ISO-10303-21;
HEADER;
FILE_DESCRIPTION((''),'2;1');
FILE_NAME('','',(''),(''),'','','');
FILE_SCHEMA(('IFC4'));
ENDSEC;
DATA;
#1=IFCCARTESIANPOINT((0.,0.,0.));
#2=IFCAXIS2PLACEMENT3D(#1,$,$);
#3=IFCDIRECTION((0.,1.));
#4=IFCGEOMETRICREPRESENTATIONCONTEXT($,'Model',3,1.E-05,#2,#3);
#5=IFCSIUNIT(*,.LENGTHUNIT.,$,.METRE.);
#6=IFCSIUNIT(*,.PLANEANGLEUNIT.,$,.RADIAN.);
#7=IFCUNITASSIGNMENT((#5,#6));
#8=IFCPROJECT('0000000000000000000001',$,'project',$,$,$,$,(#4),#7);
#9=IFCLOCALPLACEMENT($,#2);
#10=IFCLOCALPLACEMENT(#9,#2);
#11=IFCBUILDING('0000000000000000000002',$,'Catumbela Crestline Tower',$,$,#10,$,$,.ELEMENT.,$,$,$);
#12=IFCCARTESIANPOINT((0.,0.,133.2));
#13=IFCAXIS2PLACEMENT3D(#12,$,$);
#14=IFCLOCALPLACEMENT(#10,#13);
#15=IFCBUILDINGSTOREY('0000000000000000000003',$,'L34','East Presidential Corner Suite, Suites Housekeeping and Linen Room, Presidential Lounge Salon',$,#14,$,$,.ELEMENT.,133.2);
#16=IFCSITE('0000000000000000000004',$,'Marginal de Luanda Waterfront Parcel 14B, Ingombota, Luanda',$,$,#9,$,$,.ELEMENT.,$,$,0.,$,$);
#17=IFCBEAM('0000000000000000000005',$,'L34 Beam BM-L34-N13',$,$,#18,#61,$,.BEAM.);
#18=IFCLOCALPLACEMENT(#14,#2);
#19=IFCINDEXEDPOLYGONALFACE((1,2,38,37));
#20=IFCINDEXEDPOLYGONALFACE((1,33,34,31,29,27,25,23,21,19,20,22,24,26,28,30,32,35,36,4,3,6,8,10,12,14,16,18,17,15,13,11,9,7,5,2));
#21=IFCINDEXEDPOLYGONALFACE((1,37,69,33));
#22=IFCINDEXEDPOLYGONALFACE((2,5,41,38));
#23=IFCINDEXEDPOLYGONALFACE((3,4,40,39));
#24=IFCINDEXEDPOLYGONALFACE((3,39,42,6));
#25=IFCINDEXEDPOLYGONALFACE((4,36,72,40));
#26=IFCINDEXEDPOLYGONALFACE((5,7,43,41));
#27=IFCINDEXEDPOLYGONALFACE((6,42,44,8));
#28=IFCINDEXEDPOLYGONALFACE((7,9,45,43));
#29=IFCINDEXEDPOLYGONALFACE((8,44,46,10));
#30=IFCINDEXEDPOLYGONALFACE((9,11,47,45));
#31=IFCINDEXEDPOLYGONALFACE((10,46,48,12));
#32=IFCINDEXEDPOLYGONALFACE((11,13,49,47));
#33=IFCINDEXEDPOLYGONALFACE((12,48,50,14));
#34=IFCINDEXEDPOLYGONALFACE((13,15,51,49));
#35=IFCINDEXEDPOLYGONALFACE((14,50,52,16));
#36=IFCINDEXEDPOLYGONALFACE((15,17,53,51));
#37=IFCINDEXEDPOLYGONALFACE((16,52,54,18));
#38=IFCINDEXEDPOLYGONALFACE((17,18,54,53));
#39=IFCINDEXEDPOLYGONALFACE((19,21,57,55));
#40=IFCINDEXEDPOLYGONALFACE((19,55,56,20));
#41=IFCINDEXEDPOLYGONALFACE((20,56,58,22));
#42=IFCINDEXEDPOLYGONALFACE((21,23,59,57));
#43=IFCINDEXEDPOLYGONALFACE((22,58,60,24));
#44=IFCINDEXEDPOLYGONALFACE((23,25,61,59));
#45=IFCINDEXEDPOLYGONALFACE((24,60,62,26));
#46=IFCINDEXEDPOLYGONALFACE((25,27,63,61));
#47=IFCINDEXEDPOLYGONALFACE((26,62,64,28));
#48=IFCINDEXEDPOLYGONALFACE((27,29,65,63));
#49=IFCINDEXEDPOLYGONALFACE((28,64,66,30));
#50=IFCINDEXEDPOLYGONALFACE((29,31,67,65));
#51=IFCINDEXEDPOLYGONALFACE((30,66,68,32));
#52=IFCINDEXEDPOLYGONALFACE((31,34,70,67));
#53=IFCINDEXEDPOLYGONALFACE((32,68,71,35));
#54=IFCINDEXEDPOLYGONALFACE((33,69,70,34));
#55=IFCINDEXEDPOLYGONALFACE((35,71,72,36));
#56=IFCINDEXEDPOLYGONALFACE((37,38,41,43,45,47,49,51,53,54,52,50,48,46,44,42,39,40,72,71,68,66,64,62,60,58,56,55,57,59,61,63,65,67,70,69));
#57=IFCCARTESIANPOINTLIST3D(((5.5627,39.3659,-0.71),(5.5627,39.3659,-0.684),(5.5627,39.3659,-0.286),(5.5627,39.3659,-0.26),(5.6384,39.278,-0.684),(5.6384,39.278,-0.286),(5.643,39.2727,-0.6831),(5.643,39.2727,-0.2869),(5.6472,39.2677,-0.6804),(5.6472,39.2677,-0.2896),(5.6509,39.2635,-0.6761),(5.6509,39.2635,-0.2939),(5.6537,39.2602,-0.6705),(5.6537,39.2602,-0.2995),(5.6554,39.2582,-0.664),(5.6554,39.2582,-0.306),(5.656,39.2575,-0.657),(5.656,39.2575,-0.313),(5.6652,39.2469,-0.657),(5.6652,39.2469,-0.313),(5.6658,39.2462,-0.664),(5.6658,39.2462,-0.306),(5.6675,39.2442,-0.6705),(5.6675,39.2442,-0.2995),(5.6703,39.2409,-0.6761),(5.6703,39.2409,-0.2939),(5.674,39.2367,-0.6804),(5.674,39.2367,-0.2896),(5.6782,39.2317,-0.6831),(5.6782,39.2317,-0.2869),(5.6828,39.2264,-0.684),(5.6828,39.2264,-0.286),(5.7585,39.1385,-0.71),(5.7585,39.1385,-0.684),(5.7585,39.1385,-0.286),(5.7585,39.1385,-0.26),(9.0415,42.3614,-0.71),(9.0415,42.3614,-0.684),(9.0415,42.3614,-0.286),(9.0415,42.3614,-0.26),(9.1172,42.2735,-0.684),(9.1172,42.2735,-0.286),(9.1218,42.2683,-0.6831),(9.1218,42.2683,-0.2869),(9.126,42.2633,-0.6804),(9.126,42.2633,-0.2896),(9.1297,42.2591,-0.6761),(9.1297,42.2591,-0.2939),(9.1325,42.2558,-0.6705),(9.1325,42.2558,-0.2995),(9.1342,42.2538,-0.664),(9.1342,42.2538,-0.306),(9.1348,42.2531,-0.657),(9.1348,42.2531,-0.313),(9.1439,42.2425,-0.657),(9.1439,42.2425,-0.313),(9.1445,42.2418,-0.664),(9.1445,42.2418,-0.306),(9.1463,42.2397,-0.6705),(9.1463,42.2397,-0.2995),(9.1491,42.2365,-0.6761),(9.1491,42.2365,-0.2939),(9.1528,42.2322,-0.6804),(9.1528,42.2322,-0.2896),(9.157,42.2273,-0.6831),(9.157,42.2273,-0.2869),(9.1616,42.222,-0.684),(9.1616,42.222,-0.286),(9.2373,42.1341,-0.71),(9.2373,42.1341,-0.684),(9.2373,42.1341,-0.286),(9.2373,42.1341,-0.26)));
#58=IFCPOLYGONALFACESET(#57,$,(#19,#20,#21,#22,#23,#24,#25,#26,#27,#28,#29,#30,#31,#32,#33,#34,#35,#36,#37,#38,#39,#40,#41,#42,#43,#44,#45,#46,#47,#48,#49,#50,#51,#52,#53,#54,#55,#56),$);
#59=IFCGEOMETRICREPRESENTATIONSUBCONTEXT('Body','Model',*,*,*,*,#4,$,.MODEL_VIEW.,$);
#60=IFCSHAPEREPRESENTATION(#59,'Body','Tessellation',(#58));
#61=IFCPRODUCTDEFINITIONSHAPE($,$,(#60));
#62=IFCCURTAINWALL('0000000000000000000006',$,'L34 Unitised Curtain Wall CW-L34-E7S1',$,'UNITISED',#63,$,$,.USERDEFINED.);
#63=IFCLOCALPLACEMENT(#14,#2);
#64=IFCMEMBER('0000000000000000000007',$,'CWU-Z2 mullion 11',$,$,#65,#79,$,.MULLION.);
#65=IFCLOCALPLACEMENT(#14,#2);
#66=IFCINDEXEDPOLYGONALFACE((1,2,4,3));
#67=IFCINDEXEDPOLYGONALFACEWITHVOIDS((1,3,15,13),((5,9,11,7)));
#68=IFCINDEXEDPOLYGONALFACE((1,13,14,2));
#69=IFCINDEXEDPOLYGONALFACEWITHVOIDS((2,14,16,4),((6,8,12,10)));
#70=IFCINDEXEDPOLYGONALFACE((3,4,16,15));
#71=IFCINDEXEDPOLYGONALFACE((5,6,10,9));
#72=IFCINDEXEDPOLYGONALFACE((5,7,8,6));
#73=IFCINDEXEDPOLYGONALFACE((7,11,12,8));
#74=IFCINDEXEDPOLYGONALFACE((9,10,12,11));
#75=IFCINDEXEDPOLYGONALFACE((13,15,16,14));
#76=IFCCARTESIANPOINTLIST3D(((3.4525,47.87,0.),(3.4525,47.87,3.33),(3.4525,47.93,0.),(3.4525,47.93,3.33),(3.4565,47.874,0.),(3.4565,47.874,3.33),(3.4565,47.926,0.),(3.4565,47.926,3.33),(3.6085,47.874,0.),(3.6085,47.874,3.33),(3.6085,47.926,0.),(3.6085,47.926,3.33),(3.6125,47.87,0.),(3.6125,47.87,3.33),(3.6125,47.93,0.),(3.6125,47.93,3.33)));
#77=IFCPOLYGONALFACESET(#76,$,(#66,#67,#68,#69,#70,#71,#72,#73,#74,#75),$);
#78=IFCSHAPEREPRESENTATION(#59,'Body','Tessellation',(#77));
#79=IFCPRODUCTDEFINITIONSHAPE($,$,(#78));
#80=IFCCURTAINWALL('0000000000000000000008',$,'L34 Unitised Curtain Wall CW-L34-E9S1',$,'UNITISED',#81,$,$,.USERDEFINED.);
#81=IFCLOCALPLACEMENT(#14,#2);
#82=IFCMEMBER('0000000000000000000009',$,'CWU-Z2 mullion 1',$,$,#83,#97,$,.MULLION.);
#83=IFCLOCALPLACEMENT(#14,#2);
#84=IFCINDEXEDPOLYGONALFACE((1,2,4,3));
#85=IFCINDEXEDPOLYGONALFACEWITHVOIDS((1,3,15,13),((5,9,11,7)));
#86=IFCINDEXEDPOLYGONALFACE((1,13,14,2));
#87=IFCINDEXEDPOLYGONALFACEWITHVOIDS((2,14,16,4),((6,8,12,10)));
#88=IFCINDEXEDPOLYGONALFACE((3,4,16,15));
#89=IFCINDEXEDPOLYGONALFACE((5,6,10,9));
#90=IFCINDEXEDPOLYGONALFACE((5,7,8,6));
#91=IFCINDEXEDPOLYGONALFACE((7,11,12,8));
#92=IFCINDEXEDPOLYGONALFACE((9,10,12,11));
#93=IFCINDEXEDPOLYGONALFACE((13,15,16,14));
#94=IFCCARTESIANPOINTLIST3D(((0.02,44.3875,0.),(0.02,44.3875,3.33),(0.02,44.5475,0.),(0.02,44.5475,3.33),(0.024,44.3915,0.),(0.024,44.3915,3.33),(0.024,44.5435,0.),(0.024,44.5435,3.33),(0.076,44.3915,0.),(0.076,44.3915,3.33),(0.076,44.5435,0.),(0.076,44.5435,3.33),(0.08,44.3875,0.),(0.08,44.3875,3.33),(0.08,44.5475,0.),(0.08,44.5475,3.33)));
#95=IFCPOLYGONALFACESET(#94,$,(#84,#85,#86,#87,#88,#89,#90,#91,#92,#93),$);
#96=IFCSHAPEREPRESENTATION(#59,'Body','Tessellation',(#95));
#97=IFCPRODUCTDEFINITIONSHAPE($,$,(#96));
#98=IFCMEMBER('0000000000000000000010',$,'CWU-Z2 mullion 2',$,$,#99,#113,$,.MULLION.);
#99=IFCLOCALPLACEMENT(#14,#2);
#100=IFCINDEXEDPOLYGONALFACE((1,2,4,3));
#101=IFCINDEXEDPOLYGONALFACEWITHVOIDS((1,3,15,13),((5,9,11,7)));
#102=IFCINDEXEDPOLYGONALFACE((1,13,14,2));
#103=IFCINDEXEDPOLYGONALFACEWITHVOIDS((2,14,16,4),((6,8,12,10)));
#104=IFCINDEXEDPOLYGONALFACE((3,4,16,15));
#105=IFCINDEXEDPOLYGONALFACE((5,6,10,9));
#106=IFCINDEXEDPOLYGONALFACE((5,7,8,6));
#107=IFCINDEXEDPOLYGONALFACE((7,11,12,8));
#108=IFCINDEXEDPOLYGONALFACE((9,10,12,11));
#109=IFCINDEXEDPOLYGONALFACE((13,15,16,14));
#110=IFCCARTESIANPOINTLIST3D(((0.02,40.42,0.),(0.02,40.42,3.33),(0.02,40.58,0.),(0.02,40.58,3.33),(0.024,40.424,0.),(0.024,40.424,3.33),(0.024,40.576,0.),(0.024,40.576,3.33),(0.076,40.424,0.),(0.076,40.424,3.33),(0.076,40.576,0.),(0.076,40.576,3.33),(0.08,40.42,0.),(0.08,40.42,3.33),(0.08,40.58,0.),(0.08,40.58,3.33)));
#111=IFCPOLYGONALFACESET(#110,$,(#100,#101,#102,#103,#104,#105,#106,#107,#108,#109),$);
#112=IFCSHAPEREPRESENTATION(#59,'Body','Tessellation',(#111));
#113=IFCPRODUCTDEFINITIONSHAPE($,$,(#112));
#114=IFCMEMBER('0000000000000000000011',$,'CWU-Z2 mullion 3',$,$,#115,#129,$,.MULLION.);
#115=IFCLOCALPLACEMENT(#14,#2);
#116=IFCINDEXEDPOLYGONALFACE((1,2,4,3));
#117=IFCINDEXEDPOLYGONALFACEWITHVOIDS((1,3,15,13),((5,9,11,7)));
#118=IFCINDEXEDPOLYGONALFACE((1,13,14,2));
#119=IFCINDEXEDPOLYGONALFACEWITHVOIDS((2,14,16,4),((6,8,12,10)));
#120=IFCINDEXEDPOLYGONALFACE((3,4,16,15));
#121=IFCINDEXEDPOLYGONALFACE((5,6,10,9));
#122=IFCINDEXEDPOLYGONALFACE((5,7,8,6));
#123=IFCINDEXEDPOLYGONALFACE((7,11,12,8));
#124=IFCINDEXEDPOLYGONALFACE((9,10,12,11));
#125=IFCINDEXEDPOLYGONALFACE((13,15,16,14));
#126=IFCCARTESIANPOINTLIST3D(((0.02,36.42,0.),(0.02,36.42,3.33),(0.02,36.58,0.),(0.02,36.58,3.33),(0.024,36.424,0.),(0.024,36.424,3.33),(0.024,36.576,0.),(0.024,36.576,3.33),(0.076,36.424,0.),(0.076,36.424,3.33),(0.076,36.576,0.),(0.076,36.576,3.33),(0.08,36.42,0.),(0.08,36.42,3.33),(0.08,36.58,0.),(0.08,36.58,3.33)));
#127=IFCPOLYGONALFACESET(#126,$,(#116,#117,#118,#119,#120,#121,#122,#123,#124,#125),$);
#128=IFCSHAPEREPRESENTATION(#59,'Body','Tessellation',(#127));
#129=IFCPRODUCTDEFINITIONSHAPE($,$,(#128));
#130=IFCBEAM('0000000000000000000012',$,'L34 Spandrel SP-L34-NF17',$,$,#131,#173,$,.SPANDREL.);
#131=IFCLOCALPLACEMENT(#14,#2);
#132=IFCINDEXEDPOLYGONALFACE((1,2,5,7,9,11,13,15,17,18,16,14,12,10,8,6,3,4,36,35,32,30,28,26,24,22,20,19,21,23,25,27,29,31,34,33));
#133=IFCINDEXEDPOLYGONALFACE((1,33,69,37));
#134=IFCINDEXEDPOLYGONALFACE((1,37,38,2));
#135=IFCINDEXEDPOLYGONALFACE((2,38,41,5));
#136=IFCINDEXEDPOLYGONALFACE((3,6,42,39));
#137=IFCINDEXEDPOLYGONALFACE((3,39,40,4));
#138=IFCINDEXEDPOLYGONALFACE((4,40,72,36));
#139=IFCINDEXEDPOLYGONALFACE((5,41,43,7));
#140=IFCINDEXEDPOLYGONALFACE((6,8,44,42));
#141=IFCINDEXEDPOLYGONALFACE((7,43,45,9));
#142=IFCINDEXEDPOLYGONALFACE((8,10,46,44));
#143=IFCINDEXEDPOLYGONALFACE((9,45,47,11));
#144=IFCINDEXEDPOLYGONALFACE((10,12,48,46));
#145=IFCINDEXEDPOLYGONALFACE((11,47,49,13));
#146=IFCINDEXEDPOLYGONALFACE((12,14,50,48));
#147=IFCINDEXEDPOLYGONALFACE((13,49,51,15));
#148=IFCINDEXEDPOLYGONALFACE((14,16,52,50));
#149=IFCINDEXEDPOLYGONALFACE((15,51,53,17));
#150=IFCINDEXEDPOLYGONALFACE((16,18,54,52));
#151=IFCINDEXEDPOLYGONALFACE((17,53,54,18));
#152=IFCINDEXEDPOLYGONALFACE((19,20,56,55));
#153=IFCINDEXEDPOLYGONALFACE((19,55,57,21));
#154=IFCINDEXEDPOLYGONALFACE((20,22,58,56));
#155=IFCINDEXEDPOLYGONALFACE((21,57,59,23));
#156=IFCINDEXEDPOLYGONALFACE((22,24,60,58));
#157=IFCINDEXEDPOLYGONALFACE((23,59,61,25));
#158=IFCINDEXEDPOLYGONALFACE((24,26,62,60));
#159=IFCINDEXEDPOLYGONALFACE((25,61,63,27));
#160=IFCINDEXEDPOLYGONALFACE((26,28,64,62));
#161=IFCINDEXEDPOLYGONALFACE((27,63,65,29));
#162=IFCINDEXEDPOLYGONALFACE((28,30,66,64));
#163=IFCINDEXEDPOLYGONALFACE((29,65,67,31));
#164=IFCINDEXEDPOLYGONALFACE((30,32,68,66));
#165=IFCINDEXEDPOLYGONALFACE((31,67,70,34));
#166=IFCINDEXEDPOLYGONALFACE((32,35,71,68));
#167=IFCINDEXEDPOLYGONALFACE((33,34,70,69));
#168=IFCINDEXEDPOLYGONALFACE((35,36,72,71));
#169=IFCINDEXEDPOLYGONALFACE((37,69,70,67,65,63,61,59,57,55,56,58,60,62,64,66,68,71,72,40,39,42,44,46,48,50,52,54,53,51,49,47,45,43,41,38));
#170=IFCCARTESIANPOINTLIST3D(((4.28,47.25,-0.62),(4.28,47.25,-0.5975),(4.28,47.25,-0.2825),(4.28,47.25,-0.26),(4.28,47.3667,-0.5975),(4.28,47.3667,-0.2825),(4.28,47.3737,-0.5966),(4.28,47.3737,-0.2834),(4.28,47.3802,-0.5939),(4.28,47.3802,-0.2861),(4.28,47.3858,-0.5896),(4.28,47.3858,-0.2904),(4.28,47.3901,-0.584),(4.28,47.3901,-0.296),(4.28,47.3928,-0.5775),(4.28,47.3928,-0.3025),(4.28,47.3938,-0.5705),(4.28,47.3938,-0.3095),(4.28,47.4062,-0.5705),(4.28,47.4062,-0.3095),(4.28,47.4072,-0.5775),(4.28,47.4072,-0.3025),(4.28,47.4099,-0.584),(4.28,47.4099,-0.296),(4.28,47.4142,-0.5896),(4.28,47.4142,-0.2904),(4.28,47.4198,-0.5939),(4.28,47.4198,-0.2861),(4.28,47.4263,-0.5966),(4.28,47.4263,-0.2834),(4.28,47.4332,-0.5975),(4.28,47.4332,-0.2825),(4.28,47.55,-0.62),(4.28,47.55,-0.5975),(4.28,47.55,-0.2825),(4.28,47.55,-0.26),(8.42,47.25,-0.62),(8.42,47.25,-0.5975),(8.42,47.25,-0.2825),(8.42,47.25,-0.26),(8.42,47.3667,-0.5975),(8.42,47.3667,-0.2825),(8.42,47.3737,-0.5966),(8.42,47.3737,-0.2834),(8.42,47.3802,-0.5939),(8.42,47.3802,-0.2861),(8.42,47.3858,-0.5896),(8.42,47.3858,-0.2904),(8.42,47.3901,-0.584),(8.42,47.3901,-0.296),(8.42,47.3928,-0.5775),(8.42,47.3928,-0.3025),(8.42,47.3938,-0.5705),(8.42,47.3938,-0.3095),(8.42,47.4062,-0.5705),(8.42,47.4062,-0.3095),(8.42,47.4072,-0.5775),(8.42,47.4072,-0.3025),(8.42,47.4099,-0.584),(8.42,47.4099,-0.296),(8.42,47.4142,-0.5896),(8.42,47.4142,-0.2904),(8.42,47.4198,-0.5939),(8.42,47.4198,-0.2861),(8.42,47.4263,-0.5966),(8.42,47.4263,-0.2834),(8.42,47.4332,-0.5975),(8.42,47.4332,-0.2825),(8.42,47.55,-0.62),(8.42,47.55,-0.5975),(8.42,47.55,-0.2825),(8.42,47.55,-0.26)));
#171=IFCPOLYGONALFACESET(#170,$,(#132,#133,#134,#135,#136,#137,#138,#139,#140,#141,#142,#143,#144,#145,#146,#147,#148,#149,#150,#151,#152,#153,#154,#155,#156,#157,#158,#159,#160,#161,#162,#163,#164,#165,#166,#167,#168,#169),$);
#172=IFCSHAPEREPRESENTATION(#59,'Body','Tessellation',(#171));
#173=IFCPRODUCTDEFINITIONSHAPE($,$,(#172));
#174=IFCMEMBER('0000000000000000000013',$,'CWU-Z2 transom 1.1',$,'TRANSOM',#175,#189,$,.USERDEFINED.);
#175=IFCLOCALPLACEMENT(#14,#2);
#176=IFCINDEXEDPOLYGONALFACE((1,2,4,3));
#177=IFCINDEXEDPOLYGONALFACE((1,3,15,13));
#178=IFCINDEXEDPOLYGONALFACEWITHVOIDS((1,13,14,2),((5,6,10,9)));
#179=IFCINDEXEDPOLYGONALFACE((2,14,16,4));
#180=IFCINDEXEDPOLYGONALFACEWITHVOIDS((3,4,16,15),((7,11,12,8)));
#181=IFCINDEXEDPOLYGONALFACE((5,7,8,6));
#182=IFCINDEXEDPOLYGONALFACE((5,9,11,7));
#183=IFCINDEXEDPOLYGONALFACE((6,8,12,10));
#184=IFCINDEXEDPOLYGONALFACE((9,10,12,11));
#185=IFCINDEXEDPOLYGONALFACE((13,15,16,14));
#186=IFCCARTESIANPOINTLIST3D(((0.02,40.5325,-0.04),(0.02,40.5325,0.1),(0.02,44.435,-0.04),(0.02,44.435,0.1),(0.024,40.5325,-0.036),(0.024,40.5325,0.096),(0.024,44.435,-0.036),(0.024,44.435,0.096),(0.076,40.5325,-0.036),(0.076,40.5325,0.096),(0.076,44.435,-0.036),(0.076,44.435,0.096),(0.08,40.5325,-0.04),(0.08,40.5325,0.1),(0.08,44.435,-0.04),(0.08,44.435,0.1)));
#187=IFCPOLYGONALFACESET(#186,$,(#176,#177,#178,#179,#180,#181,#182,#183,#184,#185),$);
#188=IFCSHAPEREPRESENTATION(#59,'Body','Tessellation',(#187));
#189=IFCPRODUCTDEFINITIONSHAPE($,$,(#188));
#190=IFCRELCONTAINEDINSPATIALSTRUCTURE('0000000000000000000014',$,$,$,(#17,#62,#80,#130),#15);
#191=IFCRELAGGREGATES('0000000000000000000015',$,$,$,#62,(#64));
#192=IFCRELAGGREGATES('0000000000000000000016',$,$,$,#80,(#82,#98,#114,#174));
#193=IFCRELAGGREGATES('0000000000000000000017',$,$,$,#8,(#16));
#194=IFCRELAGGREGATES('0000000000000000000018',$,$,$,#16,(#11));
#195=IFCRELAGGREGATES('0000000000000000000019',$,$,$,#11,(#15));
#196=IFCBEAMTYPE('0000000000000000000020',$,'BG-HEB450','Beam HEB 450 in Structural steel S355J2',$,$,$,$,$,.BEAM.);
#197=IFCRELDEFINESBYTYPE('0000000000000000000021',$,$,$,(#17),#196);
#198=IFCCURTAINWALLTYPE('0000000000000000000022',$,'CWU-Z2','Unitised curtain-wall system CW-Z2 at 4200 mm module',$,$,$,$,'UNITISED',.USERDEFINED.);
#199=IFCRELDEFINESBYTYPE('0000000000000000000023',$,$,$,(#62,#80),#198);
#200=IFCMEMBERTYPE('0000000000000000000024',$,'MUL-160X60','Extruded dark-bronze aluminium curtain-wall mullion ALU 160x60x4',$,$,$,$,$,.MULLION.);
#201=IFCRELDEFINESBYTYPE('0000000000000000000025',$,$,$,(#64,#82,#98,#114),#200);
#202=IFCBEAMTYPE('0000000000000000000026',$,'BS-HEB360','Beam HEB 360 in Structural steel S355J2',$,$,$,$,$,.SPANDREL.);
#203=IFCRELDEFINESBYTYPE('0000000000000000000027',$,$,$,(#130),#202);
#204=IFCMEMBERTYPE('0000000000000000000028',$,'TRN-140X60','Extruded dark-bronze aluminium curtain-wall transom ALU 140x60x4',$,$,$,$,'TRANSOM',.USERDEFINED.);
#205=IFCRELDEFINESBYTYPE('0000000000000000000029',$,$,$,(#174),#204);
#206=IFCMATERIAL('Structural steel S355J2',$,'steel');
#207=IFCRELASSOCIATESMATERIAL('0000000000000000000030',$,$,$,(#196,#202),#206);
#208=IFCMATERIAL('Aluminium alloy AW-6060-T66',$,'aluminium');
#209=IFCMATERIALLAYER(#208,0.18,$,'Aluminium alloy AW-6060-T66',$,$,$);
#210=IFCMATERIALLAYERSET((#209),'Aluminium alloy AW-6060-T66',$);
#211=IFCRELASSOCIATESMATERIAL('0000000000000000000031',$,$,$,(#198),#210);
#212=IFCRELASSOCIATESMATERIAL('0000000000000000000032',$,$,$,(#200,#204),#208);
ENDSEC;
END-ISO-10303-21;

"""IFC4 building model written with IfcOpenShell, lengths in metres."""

from ifc_helpers import new_model, si_unit, direction, frame, origin, origin_2d, place, context, subcontext, project, spatial, hollow_rectangle, i_section, extrude, material, layer, layer_set, material_profile, profile_set, type_object, element, aggregate, save


model = new_model("IFC4")

# Units and contexts
model_context = context("Model", 3, precision=1e-05, world=origin(), true_north=direction((0.0, 1.0)))
body_context = subcontext(model_context, "Body", "Model", "MODEL_VIEW")
ifc_project = project(units=[si_unit("LENGTHUNIT", "METRE"), si_unit("PLANEANGLEUNIT", "RADIAN")], contexts=[model_context])

# Site, building, storey
site_placement = place(None, origin())
site = spatial("IfcSite", under=ifc_project, at=site_placement, Name="Marginal de Luanda Waterfront Parcel 14B, Ingombota, Luanda", CompositionType="ELEMENT", RefElevation=0.0)
building_placement = place(site_placement, origin())
building = spatial("IfcBuilding", under=site, at=building_placement, Name="Catumbela Crestline Tower", CompositionType="ELEMENT")
storey_placement = place(building_placement, frame((0.0, 0.0, 133.2)))
storey = spatial("IfcBuildingStorey", under=building, at=storey_placement, Name="L34", Description="East Presidential Corner Suite, Suites Housekeeping and Linen Room, Presidential Lounge Salon", CompositionType="ELEMENT", Elevation=133.2)

# Beam
ifc_material_1 = material(Name="Structural steel S355J2", Category="steel")
ifc_material_profile_1 = material_profile(ifc_material_1, i_section(OverallWidth=0.3, OverallDepth=0.45, WebThickness=0.014, FlangeThickness=0.026, FilletRadius=0.027, at=origin_2d()), Name="HEB 450")
ifc_profile_set_1 = profile_set([ifc_material_profile_1], Name="Structural steel S355J2")
beam_type_1 = type_object("IfcBeamType", Name="BG-HEB450", Description="Beam HEB 450 in Structural steel S355J2", PredefinedType="BEAM", material=ifc_profile_set_1)
beam_1_placement = place(storey_placement, frame((5.6606, 39.2522, -0.485), z_axis=(0.757772, 0.652519, 0.0), x_axis=(-0.652519, 0.757772, 0.0)))
element("IfcBeam", 1, at=beam_1_placement, inside=storey, type_object=beam_type_1, Name="L34 Beam BM-L34-N13", PredefinedType="BEAM", context=body_context, shape_type="SweptSolid", body=[
    extrude(i_section(OverallWidth=0.3, OverallDepth=0.45, WebThickness=0.014, FlangeThickness=0.026, FilletRadius=0.027, at=origin_2d()), origin(), (0.0, 0.0, 1.0), 4.5908),
])

# Curtain wall, member
ifc_material_2 = material(Name="Aluminium alloy AW-6060-T66", Category="aluminium")
ifc_layer_1 = layer(ifc_material_2, 0.18, Name="Aluminium alloy AW-6060-T66")
ifc_layer_set_1 = layer_set([ifc_layer_1], Name="Aluminium alloy AW-6060-T66")
curtain_wall_type = type_object("IfcCurtainWallType", Name="CWU-Z2", Description="Unitised curtain-wall system CW-Z2 at 4200 mm module", ElementType="UNITISED", PredefinedType="USERDEFINED", material=ifc_layer_set_1)
curtain_wall_1_placement = place(storey_placement, origin())
curtain_wall_1 = element("IfcCurtainWall", 2, at=curtain_wall_1_placement, inside=storey, type_object=curtain_wall_type, Name="L34 Unitised Curtain Wall CW-L34-E7S1", ObjectType="UNITISED", PredefinedType="USERDEFINED")
ifc_material_profile_2 = material_profile(ifc_material_2, hollow_rectangle(XDim=0.06, YDim=0.16, WallThickness=0.004, at=origin_2d()), Name="ALU 160x60x4")
ifc_profile_set_2 = profile_set([ifc_material_profile_2], Name="Aluminium alloy AW-6060-T66")
member_type_1 = type_object("IfcMemberType", Name="MUL-160X60", Description="Extruded dark-bronze aluminium curtain-wall mullion ALU 160x60x4", PredefinedType="MULLION", material=ifc_profile_set_2)
member_1_placement = place(storey_placement, frame((3.5325, 47.9, 0.0), z_axis=(0.0, 0.0, 1.0), x_axis=(0.0, -1.0, 0.0)))
member_1 = element("IfcMember", 3, at=member_1_placement, type_object=member_type_1, Name="CWU-Z2 mullion 11", PredefinedType="MULLION", context=body_context, shape_type="SweptSolid", body=[
    extrude(hollow_rectangle(XDim=0.06, YDim=0.16, WallThickness=0.004, at=origin_2d()), origin(), (0.0, 0.0, 1.0), 3.33),
])

# Curtain wall, members
curtain_wall_2_placement = place(storey_placement, origin())
curtain_wall_2 = element("IfcCurtainWall", 4, at=curtain_wall_2_placement, inside=storey, type_object=curtain_wall_type, Name="L34 Unitised Curtain Wall CW-L34-E9S1", ObjectType="UNITISED", PredefinedType="USERDEFINED")
member_2_placement = place(storey_placement, frame((0.05, 44.4675, 0.0), z_axis=(0.0, 0.0, 1.0), x_axis=(1.0, 0.0, 0.0)))
member_2 = element("IfcMember", 5, at=member_2_placement, type_object=member_type_1, Name="CWU-Z2 mullion 1", PredefinedType="MULLION", context=body_context, shape_type="SweptSolid", body=[
    extrude(hollow_rectangle(XDim=0.06, YDim=0.16, WallThickness=0.004, at=origin_2d()), origin(), (0.0, 0.0, 1.0), 3.33),
])
member_3_placement = place(storey_placement, frame((0.05, 40.5, 0.0), z_axis=(0.0, 0.0, 1.0), x_axis=(1.0, 0.0, 0.0)))
member_3 = element("IfcMember", 6, at=member_3_placement, type_object=member_type_1, Name="CWU-Z2 mullion 2", PredefinedType="MULLION", context=body_context, shape_type="SweptSolid", body=[
    extrude(hollow_rectangle(XDim=0.06, YDim=0.16, WallThickness=0.004, at=origin_2d()), origin(), (0.0, 0.0, 1.0), 3.33),
])
member_4_placement = place(storey_placement, frame((0.05, 36.5, 0.0), z_axis=(0.0, 0.0, 1.0), x_axis=(1.0, 0.0, 0.0)))
member_4 = element("IfcMember", 7, at=member_4_placement, type_object=member_type_1, Name="CWU-Z2 mullion 3", PredefinedType="MULLION", context=body_context, shape_type="SweptSolid", body=[
    extrude(hollow_rectangle(XDim=0.06, YDim=0.16, WallThickness=0.004, at=origin_2d()), origin(), (0.0, 0.0, 1.0), 3.33),
])

# Beam
ifc_material_profile_3 = material_profile(ifc_material_1, i_section(OverallWidth=0.3, OverallDepth=0.36, WebThickness=0.0125, FlangeThickness=0.0225, FilletRadius=0.027, at=origin_2d()), Name="HEB 360")
ifc_profile_set_3 = profile_set([ifc_material_profile_3], Name="Structural steel S355J2")
beam_type_2 = type_object("IfcBeamType", Name="BS-HEB360", Description="Beam HEB 360 in Structural steel S355J2", PredefinedType="SPANDREL", material=ifc_profile_set_3)
beam_2_placement = place(storey_placement, frame((4.28, 47.4, -0.44), z_axis=(1.0, 0.0, 0.0), x_axis=(0.0, 1.0, 0.0)))
element("IfcBeam", 8, at=beam_2_placement, inside=storey, type_object=beam_type_2, Name="L34 Spandrel SP-L34-NF17", PredefinedType="SPANDREL", context=body_context, shape_type="SweptSolid", body=[
    extrude(i_section(OverallWidth=0.3, OverallDepth=0.36, WebThickness=0.0125, FlangeThickness=0.0225, FilletRadius=0.027, at=origin_2d()), origin(), (0.0, 0.0, 1.0), 4.14),
])

# Member
ifc_material_profile_4 = material_profile(ifc_material_2, hollow_rectangle(XDim=0.06, YDim=0.14, WallThickness=0.004, at=origin_2d()), Name="ALU 140x60x4")
ifc_profile_set_4 = profile_set([ifc_material_profile_4], Name="Aluminium alloy AW-6060-T66")
member_type_2 = type_object("IfcMemberType", Name="TRN-140X60", Description="Extruded dark-bronze aluminium curtain-wall transom ALU 140x60x4", ElementType="TRANSOM", PredefinedType="USERDEFINED", material=ifc_profile_set_4)
member_5_placement = place(storey_placement, frame((0.05, 44.435, 0.03), z_axis=(0.0, -1.0, 0.0), x_axis=(1.0, 0.0, 0.0)))
member_5 = element("IfcMember", 9, at=member_5_placement, type_object=member_type_2, Name="CWU-Z2 transom 1.1", ObjectType="TRANSOM", PredefinedType="USERDEFINED", context=body_context, shape_type="SweptSolid", body=[
    extrude(hollow_rectangle(XDim=0.06, YDim=0.14, WallThickness=0.004, at=origin_2d()), origin(), (0.0, 0.0, 1.0), 3.9025),
])

aggregate(curtain_wall_1, [member_1])
aggregate(curtain_wall_2, [member_2, member_3, member_4, member_5])

save(model, "model.ifc")
